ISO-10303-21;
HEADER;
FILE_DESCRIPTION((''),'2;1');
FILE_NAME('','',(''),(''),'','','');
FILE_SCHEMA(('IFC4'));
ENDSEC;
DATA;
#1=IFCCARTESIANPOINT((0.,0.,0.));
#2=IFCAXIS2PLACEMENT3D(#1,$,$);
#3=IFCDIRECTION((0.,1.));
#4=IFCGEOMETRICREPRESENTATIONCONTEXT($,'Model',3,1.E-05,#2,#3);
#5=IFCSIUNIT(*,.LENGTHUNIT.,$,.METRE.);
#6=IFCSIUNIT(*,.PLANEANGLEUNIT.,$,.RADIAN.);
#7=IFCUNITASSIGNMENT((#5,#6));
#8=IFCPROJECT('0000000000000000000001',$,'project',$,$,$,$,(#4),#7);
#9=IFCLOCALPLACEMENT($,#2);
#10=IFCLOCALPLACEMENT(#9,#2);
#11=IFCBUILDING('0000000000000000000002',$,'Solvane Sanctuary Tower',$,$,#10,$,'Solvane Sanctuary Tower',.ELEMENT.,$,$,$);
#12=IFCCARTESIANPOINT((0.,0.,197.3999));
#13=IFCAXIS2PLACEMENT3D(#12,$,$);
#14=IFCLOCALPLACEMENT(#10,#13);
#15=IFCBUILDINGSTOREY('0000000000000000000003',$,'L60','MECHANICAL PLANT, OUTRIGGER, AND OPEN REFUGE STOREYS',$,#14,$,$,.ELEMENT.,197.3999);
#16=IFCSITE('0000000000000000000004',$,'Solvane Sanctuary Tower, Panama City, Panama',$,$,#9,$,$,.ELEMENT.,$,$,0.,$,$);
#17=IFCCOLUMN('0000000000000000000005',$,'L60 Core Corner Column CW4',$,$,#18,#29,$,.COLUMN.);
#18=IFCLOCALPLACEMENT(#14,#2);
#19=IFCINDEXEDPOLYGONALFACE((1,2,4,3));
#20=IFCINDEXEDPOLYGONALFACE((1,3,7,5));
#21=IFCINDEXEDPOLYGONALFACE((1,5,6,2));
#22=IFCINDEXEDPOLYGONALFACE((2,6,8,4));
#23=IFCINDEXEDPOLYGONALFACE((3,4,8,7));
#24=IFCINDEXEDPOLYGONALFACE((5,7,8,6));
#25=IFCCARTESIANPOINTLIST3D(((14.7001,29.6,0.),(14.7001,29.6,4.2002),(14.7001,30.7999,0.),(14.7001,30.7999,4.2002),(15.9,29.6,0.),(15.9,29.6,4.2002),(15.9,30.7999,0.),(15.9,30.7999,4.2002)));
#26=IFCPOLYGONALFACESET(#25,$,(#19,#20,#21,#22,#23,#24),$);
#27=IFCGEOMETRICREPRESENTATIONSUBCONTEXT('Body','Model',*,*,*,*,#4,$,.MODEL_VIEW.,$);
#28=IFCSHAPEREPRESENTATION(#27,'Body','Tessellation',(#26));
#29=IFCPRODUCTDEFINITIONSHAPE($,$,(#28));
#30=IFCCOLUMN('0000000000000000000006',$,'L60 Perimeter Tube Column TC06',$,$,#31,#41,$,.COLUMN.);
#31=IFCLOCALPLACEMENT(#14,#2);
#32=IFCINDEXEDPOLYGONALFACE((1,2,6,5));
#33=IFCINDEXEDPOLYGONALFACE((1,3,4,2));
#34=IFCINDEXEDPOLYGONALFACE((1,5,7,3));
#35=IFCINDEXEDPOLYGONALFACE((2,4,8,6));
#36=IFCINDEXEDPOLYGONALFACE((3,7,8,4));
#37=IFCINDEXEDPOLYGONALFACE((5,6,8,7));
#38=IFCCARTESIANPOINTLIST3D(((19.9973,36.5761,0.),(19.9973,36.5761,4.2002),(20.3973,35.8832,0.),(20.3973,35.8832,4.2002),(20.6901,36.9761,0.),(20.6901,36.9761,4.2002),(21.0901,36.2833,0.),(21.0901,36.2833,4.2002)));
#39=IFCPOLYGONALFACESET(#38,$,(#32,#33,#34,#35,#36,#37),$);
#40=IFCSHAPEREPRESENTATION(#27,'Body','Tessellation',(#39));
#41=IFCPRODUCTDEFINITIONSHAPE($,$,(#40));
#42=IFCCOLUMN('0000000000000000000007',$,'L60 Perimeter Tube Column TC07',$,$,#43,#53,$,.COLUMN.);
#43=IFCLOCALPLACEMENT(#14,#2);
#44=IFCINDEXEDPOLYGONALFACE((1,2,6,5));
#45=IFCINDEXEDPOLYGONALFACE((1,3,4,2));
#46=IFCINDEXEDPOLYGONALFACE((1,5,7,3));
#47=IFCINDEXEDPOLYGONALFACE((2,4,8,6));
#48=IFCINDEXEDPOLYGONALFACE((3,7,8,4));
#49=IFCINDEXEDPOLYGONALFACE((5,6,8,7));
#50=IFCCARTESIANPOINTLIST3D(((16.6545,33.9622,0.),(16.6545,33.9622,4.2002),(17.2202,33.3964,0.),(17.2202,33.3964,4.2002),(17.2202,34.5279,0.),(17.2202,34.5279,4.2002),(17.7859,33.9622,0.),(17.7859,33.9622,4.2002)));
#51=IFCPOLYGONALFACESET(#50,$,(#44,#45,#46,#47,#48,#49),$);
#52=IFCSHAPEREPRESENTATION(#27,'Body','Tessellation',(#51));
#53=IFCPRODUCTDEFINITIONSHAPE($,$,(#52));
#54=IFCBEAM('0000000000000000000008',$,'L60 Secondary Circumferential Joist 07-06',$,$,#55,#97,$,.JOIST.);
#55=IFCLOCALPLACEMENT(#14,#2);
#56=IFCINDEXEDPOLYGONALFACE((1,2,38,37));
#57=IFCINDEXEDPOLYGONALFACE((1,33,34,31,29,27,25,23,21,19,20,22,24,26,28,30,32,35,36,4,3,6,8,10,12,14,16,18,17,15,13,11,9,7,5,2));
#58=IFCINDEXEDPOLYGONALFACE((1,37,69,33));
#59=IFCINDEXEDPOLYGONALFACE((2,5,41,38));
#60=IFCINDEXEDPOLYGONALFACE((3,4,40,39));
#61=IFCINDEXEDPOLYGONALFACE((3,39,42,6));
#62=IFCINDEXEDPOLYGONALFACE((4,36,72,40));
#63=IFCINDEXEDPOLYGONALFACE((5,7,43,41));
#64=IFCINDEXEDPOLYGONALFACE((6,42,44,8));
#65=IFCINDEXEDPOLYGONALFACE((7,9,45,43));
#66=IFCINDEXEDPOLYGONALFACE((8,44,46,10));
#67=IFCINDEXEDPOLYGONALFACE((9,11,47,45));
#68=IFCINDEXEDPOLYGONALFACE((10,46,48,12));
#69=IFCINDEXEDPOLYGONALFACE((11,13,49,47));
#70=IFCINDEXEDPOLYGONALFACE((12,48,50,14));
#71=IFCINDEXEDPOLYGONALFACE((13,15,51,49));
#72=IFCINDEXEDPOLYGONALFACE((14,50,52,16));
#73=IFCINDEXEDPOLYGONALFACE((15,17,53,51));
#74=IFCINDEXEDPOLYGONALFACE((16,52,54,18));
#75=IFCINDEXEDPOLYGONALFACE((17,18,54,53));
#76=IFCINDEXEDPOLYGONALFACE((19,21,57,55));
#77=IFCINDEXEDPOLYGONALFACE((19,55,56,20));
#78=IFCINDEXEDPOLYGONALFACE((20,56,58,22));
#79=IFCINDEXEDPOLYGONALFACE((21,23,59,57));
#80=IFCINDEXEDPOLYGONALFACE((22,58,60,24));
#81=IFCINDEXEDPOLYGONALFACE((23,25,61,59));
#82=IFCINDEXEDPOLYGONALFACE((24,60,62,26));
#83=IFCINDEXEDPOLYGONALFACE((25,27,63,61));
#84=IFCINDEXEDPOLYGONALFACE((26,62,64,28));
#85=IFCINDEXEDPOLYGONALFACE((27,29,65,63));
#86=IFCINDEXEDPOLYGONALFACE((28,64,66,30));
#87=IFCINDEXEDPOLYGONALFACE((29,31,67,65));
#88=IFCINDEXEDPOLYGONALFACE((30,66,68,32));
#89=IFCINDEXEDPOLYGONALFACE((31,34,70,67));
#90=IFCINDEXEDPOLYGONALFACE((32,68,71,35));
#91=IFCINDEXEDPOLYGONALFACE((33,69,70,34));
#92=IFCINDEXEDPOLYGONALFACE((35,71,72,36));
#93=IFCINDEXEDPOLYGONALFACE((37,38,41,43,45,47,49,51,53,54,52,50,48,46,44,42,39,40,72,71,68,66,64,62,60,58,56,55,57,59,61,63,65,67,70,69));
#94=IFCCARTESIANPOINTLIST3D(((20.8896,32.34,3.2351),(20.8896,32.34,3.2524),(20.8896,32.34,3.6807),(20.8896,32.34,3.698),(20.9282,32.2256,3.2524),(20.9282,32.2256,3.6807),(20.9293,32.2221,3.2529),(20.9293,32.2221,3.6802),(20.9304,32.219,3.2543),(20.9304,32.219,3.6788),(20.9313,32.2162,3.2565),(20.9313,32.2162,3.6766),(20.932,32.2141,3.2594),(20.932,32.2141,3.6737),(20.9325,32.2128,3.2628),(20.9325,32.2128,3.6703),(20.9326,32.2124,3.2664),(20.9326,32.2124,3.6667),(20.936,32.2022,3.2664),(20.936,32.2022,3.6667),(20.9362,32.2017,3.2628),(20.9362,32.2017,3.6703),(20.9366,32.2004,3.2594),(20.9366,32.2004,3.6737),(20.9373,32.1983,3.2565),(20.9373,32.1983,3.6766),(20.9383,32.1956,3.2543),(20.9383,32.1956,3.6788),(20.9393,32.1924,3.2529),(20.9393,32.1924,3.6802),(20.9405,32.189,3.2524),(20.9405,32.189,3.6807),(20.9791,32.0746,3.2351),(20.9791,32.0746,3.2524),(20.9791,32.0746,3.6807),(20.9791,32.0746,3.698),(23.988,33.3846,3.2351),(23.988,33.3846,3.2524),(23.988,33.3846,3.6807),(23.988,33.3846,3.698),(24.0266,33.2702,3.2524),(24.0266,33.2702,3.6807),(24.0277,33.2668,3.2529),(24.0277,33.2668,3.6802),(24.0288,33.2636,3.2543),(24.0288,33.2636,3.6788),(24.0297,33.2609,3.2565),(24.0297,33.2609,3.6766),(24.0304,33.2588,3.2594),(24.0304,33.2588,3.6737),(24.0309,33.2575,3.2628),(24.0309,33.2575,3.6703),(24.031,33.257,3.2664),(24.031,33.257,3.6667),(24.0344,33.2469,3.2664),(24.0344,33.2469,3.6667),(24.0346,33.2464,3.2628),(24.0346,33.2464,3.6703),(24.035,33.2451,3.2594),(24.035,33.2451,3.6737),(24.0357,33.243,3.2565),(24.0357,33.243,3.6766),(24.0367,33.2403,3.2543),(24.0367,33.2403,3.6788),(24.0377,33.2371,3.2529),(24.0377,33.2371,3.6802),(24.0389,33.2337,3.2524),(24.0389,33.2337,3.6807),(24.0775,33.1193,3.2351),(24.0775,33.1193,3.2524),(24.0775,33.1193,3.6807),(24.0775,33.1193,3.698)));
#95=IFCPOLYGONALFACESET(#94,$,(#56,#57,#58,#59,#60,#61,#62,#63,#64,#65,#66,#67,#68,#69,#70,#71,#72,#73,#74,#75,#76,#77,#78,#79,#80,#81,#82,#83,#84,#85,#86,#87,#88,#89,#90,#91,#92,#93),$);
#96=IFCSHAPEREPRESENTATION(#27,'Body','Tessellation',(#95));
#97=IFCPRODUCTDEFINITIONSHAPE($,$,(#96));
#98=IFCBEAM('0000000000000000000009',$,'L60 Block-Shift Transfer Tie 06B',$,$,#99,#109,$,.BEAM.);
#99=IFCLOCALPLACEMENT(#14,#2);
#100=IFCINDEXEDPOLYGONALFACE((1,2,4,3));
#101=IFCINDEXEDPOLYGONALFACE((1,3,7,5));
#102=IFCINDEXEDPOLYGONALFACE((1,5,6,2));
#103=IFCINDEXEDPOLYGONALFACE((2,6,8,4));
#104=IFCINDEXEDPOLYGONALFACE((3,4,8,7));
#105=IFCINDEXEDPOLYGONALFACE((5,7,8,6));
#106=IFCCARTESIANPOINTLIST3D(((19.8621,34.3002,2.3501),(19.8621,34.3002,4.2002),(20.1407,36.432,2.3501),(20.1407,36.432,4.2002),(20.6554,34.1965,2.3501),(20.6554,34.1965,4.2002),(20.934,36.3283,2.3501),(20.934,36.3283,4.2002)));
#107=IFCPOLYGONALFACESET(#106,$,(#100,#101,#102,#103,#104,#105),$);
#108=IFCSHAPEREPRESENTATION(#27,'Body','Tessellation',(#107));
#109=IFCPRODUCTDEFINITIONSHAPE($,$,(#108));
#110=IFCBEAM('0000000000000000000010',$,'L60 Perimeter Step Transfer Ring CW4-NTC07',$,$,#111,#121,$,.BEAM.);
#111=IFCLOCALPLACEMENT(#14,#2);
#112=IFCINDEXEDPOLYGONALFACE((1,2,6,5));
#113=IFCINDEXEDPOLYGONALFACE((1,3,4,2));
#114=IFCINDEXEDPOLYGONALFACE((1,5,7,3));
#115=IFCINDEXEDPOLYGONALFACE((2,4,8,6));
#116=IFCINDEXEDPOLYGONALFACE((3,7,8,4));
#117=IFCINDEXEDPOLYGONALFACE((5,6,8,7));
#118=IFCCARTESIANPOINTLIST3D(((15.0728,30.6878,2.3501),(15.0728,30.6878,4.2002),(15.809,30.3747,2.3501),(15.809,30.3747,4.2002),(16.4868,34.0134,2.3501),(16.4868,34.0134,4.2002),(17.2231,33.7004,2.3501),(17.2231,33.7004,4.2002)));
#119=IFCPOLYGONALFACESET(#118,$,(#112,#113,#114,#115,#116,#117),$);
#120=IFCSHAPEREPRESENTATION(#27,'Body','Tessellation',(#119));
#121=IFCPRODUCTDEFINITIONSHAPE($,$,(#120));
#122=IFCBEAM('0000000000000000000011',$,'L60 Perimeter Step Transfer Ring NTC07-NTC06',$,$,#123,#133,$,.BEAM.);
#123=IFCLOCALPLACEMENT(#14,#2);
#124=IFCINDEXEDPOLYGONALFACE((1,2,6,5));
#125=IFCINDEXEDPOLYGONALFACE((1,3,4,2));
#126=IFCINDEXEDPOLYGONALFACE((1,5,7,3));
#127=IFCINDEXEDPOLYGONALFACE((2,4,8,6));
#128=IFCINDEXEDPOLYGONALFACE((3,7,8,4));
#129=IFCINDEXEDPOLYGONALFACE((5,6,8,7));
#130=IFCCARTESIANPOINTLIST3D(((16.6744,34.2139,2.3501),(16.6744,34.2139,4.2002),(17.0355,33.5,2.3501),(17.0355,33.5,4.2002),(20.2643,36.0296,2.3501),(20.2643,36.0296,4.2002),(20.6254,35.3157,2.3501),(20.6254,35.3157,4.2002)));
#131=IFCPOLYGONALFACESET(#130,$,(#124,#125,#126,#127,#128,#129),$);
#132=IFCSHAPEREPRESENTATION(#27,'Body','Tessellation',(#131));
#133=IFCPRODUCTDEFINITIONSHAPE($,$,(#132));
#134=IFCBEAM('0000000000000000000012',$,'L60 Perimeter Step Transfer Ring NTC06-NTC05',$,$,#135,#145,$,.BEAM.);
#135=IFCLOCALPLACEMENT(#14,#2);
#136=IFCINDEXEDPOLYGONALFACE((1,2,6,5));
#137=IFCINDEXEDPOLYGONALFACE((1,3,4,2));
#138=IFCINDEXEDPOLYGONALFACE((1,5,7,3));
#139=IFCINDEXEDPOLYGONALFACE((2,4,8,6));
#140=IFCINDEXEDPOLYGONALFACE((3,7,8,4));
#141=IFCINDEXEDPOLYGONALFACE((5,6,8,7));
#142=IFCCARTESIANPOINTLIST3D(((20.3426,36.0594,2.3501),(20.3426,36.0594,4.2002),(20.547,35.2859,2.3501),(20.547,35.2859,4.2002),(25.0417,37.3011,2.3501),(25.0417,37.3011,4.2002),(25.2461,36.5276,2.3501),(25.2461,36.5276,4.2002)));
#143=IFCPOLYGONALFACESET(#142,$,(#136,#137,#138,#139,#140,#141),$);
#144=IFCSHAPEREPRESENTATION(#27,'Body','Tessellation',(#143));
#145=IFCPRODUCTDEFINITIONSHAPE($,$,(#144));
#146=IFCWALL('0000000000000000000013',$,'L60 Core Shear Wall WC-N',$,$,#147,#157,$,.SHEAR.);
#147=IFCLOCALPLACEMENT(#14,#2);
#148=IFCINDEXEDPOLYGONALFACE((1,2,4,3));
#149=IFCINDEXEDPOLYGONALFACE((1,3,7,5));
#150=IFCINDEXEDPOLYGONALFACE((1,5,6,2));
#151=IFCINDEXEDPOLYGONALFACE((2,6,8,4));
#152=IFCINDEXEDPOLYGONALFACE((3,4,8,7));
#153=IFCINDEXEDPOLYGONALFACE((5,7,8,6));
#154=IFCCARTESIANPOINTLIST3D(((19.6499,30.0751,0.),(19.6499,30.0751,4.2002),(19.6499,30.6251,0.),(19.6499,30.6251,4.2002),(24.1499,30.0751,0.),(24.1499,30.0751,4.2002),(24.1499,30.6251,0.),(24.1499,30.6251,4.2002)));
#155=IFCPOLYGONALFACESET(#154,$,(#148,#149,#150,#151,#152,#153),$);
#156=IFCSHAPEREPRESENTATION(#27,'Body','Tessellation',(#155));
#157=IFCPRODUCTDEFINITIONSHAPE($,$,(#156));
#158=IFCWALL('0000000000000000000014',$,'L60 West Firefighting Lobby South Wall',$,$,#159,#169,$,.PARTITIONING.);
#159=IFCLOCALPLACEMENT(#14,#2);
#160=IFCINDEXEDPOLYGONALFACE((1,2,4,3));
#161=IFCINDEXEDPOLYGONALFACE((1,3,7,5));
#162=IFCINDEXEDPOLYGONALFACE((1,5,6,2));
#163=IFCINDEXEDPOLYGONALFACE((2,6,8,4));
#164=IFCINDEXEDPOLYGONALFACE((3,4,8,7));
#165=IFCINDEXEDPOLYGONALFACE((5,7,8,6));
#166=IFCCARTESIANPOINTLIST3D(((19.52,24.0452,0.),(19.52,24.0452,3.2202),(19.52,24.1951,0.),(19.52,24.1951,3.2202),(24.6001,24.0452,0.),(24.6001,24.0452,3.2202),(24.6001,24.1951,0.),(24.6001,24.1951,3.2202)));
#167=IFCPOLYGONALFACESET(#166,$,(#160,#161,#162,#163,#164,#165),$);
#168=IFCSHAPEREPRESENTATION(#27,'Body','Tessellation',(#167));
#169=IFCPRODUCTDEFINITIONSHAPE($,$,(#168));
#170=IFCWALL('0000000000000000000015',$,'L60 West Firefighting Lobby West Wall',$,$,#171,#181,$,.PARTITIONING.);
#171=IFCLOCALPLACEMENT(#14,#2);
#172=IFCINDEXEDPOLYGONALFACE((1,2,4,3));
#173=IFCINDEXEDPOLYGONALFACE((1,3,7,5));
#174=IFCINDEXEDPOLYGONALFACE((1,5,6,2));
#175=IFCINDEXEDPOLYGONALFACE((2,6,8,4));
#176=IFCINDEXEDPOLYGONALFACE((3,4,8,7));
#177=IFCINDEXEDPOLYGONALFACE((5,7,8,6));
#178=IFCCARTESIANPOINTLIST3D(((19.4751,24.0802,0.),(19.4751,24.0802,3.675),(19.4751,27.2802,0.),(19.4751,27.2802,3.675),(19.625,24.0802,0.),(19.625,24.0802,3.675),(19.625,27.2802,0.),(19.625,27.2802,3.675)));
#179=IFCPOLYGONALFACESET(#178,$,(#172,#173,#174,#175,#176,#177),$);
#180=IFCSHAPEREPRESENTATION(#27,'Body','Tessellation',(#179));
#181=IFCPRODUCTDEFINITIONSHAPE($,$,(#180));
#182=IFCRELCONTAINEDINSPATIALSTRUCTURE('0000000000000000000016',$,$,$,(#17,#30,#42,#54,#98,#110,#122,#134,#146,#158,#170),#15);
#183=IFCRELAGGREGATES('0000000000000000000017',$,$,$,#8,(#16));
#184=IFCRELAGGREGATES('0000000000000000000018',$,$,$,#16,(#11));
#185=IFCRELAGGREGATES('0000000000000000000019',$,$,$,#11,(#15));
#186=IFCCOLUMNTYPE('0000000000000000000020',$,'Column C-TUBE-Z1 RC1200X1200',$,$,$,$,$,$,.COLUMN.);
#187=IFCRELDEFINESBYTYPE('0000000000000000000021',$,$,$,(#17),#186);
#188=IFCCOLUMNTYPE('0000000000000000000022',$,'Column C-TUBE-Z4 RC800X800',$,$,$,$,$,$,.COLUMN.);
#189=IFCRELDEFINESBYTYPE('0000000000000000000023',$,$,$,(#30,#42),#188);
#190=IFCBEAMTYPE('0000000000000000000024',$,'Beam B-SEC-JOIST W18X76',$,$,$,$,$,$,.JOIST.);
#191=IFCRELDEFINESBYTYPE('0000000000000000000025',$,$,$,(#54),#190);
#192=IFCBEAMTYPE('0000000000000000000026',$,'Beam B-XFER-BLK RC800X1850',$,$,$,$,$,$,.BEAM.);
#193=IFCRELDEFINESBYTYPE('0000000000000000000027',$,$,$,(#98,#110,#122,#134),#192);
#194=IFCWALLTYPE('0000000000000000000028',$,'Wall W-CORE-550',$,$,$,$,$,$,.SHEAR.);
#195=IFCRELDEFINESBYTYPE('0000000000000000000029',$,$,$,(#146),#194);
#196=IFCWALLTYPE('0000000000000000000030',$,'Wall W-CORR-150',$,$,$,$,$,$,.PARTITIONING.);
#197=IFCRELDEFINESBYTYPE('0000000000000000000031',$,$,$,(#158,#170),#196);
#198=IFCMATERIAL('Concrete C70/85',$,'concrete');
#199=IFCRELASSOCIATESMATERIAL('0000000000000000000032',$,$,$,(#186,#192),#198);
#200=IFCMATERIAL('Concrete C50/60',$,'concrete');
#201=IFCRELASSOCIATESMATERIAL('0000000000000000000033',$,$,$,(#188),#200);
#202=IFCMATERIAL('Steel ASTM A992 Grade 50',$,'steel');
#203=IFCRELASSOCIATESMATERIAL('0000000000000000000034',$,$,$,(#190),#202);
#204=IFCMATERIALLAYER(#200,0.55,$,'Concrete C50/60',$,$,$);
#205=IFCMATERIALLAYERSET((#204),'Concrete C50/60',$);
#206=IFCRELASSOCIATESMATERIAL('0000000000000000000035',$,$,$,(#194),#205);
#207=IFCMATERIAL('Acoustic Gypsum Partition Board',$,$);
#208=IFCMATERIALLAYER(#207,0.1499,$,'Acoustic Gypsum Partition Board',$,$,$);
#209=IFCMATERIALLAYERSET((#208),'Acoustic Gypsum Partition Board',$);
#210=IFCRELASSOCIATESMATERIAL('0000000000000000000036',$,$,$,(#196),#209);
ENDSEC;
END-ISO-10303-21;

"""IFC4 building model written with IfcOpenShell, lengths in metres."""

from ifc_helpers import new_model, si_unit, direction, frame, frame_2d, origin, origin_2d, place, context, subcontext, project, spatial, rectangle, i_section, extrude, material, layer, layer_set, material_profile, profile_set, type_object, element, save


model = new_model("IFC4")

# Units and contexts
model_context = context("Model", 3, precision=1e-05, world=origin(), true_north=direction((0.0, 1.0)))
body_context = subcontext(model_context, "Body", "Model", "MODEL_VIEW")
ifc_project = project(units=[si_unit("LENGTHUNIT", "METRE"), si_unit("PLANEANGLEUNIT", "RADIAN")], contexts=[model_context])

# Site, building, storey
site_placement = place(None, origin())
site = spatial("IfcSite", under=ifc_project, at=site_placement, Name="Solvane Sanctuary Tower, Panama City, Panama", CompositionType="ELEMENT", RefElevation=0.0)
building_placement = place(site_placement, origin())
building = spatial("IfcBuilding", under=site, at=building_placement, Name="Solvane Sanctuary Tower", LongName="Solvane Sanctuary Tower", CompositionType="ELEMENT")
storey_placement = place(building_placement, frame((0.0, 0.0, 197.3999)))
storey = spatial("IfcBuildingStorey", under=building, at=storey_placement, Name="L60", Description="MECHANICAL PLANT, OUTRIGGER, AND OPEN REFUGE STOREYS", CompositionType="ELEMENT", Elevation=197.3999)

# Columns
ifc_material_1 = material(Name="Concrete C70/85", Category="concrete")
ifc_material_profile_1 = material_profile(ifc_material_1, rectangle(XDim=1.2, YDim=1.2, at=origin_2d()), Name="RC1200X1200")
ifc_profile_set_1 = profile_set([ifc_material_profile_1], Name="Concrete C70/85")
column_type_1 = type_object("IfcColumnType", Name="Column C-TUBE-Z1 RC1200X1200", PredefinedType="COLUMN", material=ifc_profile_set_1)
column_placement = place(storey_placement, frame((15.3, 30.2, 0.0), z_axis=(0.0, 0.0, 1.0), x_axis=(1.0, 0.0, 0.0)))
element("IfcColumn", 1, at=column_placement, inside=storey, type_object=column_type_1, Name="L60 Core Corner Column CW4", PredefinedType="COLUMN", context=body_context, shape_type="SweptSolid", body=[
    extrude(rectangle(XDim=1.2, YDim=1.2, at=origin_2d()), origin(), (0.0, 0.0, 1.0), 4.2002),
])
ifc_material_2 = material(Name="Concrete C50/60", Category="concrete")
ifc_material_profile_2 = material_profile(ifc_material_2, rectangle(XDim=0.8, YDim=0.8, at=origin_2d()), Name="RC800X800")
ifc_profile_set_2 = profile_set([ifc_material_profile_2], Name="Concrete C50/60")
column_type_2 = type_object("IfcColumnType", Name="Column C-TUBE-Z4 RC800X800", PredefinedType="COLUMN", material=ifc_profile_set_2)
for number, where, z_axis, x_axis, name in (
    (2, (20.5437, 36.4297, 0.0), (0.0, 0.0, 1.0), (-0.5, 0.866025, 0.0), "L60 Perimeter Tube Column TC06"),
    (3, (17.2202, 33.9622, 0.0), (0.0, 0.0, 1.0), (-0.707107, 0.707107, 0.0), "L60 Perimeter Tube Column TC07"),
):
    element("IfcColumn", number, at=place(storey_placement, frame(where, z_axis=z_axis, x_axis=x_axis)), inside=storey, type_object=column_type_2, Name=name, PredefinedType="COLUMN", context=body_context, shape_type="SweptSolid", body=[
        extrude(rectangle(XDim=0.8, YDim=0.8, at=origin_2d()), origin(), (0.0, 0.0, 1.0), 4.2002),
    ])

# Beams
ifc_material_3 = material(Name="Steel ASTM A992 Grade 50", Category="steel")
ifc_material_profile_3 = material_profile(ifc_material_3, i_section(OverallWidth=0.28, OverallDepth=0.4629, WebThickness=0.0107, FlangeThickness=0.0173, FilletRadius=0.0139, at=origin_2d()), Name="W18X76")
ifc_profile_set_3 = profile_set([ifc_material_profile_3], Name="Steel ASTM A992 Grade 50")
beam_type_1 = type_object("IfcBeamType", Name="Beam B-SEC-JOIST W18X76", PredefinedType="JOIST", material=ifc_profile_set_3)
beam_1_placement = place(storey_placement, frame((20.9343, 32.2073, 3.4666), z_axis=(0.947588, 0.319496, 0.0), x_axis=(-0.319496, 0.947588, 0.0)))
element("IfcBeam", 4, at=beam_1_placement, inside=storey, type_object=beam_type_1, Name="L60 Secondary Circumferential Joist 07-06", PredefinedType="JOIST", context=body_context, shape_type="SweptSolid", body=[
    extrude(i_section(OverallWidth=0.28, OverallDepth=0.4629, WebThickness=0.0107, FlangeThickness=0.0173, FilletRadius=0.0139, at=origin_2d()), origin(), (0.0, 0.0, 1.0), 3.2698),
])
ifc_material_profile_4 = material_profile(ifc_material_1, rectangle(XDim=0.8, YDim=1.8501, at=origin_2d()), Name="RC800X1850")
ifc_profile_set_4 = profile_set([ifc_material_profile_4], Name="Concrete C70/85")
beam_type_2 = type_object("IfcBeamType", Name="Beam B-XFER-BLK RC800X1850", PredefinedType="BEAM", material=ifc_profile_set_4)
beam_2_placement = place(storey_placement, frame((20.5374, 36.3801, 3.2751), z_axis=(-0.129567, -0.991571, 0.0), x_axis=(0.991571, -0.129567, 0.0)))
element("IfcBeam", 5, at=beam_2_placement, inside=storey, type_object=beam_type_2, Name="L60 Block-Shift Transfer Tie 06B", PredefinedType="BEAM", context=body_context, shape_type="SweptSolid", body=[
    extrude(rectangle(XDim=0.8, YDim=1.8501, at=origin_2d()), origin(), (0.0, 0.0, 1.0), 2.1499),
])
beam_3_placement = place(storey_placement, frame((15.4409, 30.5312, 3.2751), z_axis=(0.391292, 0.920266, 0.0), x_axis=(-0.920266, 0.391292, 0.0)))
element("IfcBeam", 6, at=beam_3_placement, inside=storey, type_object=beam_type_2, Name="L60 Perimeter Step Transfer Ring CW4-NTC07", PredefinedType="BEAM", context=body_context, shape_type="SweptSolid", body=[
    extrude(rectangle(XDim=0.8, YDim=1.8501, at=origin_2d()), origin(), (0.0, 0.0, 1.0), 3.6138),
])
beam_4_placement = place(storey_placement, frame((16.855, 33.8569, 3.2751), z_axis=(0.892354, 0.451336, 0.0), x_axis=(-0.451336, 0.892354, 0.0)))
element("IfcBeam", 7, at=beam_4_placement, inside=storey, type_object=beam_type_2, Name="L60 Perimeter Step Transfer Ring NTC07-NTC06", PredefinedType="BEAM", context=body_context, shape_type="SweptSolid", body=[
    extrude(rectangle(XDim=0.8, YDim=1.8501, at=origin_2d()), origin(), (0.0, 0.0, 1.0), 4.0229),
])
beam_5_placement = place(storey_placement, frame((20.4448, 35.6726, 3.2751), z_axis=(0.966814, 0.25548, 0.0), x_axis=(-0.25548, 0.966814, 0.0)))
element("IfcBeam", 8, at=beam_5_placement, inside=storey, type_object=beam_type_2, Name="L60 Perimeter Step Transfer Ring NTC06-NTC05", PredefinedType="BEAM", context=body_context, shape_type="SweptSolid", body=[
    extrude(rectangle(XDim=0.8, YDim=1.8501, at=origin_2d()), origin(), (0.0, 0.0, 1.0), 4.8604),
])

# Walls
ifc_layer_1 = layer(ifc_material_2, 0.55, Name="Concrete C50/60")
ifc_layer_set_1 = layer_set([ifc_layer_1], Name="Concrete C50/60")
wall_type_1 = type_object("IfcWallType", Name="Wall W-CORE-550", PredefinedType="SHEAR", material=ifc_layer_set_1)
wall_1_placement = place(storey_placement, frame((19.6499, 30.3501, 0.0), z_axis=(0.0, 0.0, 1.0), x_axis=(1.0, 0.0, 0.0)))
element("IfcWall", 9, at=wall_1_placement, inside=storey, type_object=wall_type_1, Name="L60 Core Shear Wall WC-N", PredefinedType="SHEAR", context=body_context, shape_type="SweptSolid", body=[
    extrude(rectangle(XDim=4.5, YDim=0.55, at=frame_2d((2.25, 0.0))), origin(), (0.0, 0.0, 1.0), 4.2002),
])
ifc_material_4 = material(Name="Acoustic Gypsum Partition Board")
ifc_layer_2 = layer(ifc_material_4, 0.1499, Name="Acoustic Gypsum Partition Board")
ifc_layer_set_2 = layer_set([ifc_layer_2], Name="Acoustic Gypsum Partition Board")
wall_type_2 = type_object("IfcWallType", Name="Wall W-CORR-150", PredefinedType="PARTITIONING", material=ifc_layer_set_2)
wall_2_placement = place(storey_placement, frame((19.52, 24.1201, 0.0), z_axis=(0.0, 0.0, 1.0), x_axis=(1.0, 0.0, 0.0)))
element("IfcWall", 10, at=wall_2_placement, inside=storey, type_object=wall_type_2, Name="L60 West Firefighting Lobby South Wall", PredefinedType="PARTITIONING", context=body_context, shape_type="SweptSolid", body=[
    extrude(rectangle(XDim=5.0801, YDim=0.1499, at=frame_2d((2.54, 0.0))), origin(), (0.0, 0.0, 1.0), 3.2202),
])
wall_3_placement = place(storey_placement, frame((19.55, 24.0801, 0.0), z_axis=(0.0, 0.0, 1.0), x_axis=(0.0, 1.0, 0.0)))
element("IfcWall", 11, at=wall_3_placement, inside=storey, type_object=wall_type_2, Name="L60 West Firefighting Lobby West Wall", PredefinedType="PARTITIONING", context=body_context, shape_type="SweptSolid", body=[
    extrude(rectangle(XDim=3.2, YDim=0.1499, at=frame_2d((1.6001, 0.0))), origin(), (0.0, 0.0, 1.0), 3.675),
])

save(model, "model.ifc")
